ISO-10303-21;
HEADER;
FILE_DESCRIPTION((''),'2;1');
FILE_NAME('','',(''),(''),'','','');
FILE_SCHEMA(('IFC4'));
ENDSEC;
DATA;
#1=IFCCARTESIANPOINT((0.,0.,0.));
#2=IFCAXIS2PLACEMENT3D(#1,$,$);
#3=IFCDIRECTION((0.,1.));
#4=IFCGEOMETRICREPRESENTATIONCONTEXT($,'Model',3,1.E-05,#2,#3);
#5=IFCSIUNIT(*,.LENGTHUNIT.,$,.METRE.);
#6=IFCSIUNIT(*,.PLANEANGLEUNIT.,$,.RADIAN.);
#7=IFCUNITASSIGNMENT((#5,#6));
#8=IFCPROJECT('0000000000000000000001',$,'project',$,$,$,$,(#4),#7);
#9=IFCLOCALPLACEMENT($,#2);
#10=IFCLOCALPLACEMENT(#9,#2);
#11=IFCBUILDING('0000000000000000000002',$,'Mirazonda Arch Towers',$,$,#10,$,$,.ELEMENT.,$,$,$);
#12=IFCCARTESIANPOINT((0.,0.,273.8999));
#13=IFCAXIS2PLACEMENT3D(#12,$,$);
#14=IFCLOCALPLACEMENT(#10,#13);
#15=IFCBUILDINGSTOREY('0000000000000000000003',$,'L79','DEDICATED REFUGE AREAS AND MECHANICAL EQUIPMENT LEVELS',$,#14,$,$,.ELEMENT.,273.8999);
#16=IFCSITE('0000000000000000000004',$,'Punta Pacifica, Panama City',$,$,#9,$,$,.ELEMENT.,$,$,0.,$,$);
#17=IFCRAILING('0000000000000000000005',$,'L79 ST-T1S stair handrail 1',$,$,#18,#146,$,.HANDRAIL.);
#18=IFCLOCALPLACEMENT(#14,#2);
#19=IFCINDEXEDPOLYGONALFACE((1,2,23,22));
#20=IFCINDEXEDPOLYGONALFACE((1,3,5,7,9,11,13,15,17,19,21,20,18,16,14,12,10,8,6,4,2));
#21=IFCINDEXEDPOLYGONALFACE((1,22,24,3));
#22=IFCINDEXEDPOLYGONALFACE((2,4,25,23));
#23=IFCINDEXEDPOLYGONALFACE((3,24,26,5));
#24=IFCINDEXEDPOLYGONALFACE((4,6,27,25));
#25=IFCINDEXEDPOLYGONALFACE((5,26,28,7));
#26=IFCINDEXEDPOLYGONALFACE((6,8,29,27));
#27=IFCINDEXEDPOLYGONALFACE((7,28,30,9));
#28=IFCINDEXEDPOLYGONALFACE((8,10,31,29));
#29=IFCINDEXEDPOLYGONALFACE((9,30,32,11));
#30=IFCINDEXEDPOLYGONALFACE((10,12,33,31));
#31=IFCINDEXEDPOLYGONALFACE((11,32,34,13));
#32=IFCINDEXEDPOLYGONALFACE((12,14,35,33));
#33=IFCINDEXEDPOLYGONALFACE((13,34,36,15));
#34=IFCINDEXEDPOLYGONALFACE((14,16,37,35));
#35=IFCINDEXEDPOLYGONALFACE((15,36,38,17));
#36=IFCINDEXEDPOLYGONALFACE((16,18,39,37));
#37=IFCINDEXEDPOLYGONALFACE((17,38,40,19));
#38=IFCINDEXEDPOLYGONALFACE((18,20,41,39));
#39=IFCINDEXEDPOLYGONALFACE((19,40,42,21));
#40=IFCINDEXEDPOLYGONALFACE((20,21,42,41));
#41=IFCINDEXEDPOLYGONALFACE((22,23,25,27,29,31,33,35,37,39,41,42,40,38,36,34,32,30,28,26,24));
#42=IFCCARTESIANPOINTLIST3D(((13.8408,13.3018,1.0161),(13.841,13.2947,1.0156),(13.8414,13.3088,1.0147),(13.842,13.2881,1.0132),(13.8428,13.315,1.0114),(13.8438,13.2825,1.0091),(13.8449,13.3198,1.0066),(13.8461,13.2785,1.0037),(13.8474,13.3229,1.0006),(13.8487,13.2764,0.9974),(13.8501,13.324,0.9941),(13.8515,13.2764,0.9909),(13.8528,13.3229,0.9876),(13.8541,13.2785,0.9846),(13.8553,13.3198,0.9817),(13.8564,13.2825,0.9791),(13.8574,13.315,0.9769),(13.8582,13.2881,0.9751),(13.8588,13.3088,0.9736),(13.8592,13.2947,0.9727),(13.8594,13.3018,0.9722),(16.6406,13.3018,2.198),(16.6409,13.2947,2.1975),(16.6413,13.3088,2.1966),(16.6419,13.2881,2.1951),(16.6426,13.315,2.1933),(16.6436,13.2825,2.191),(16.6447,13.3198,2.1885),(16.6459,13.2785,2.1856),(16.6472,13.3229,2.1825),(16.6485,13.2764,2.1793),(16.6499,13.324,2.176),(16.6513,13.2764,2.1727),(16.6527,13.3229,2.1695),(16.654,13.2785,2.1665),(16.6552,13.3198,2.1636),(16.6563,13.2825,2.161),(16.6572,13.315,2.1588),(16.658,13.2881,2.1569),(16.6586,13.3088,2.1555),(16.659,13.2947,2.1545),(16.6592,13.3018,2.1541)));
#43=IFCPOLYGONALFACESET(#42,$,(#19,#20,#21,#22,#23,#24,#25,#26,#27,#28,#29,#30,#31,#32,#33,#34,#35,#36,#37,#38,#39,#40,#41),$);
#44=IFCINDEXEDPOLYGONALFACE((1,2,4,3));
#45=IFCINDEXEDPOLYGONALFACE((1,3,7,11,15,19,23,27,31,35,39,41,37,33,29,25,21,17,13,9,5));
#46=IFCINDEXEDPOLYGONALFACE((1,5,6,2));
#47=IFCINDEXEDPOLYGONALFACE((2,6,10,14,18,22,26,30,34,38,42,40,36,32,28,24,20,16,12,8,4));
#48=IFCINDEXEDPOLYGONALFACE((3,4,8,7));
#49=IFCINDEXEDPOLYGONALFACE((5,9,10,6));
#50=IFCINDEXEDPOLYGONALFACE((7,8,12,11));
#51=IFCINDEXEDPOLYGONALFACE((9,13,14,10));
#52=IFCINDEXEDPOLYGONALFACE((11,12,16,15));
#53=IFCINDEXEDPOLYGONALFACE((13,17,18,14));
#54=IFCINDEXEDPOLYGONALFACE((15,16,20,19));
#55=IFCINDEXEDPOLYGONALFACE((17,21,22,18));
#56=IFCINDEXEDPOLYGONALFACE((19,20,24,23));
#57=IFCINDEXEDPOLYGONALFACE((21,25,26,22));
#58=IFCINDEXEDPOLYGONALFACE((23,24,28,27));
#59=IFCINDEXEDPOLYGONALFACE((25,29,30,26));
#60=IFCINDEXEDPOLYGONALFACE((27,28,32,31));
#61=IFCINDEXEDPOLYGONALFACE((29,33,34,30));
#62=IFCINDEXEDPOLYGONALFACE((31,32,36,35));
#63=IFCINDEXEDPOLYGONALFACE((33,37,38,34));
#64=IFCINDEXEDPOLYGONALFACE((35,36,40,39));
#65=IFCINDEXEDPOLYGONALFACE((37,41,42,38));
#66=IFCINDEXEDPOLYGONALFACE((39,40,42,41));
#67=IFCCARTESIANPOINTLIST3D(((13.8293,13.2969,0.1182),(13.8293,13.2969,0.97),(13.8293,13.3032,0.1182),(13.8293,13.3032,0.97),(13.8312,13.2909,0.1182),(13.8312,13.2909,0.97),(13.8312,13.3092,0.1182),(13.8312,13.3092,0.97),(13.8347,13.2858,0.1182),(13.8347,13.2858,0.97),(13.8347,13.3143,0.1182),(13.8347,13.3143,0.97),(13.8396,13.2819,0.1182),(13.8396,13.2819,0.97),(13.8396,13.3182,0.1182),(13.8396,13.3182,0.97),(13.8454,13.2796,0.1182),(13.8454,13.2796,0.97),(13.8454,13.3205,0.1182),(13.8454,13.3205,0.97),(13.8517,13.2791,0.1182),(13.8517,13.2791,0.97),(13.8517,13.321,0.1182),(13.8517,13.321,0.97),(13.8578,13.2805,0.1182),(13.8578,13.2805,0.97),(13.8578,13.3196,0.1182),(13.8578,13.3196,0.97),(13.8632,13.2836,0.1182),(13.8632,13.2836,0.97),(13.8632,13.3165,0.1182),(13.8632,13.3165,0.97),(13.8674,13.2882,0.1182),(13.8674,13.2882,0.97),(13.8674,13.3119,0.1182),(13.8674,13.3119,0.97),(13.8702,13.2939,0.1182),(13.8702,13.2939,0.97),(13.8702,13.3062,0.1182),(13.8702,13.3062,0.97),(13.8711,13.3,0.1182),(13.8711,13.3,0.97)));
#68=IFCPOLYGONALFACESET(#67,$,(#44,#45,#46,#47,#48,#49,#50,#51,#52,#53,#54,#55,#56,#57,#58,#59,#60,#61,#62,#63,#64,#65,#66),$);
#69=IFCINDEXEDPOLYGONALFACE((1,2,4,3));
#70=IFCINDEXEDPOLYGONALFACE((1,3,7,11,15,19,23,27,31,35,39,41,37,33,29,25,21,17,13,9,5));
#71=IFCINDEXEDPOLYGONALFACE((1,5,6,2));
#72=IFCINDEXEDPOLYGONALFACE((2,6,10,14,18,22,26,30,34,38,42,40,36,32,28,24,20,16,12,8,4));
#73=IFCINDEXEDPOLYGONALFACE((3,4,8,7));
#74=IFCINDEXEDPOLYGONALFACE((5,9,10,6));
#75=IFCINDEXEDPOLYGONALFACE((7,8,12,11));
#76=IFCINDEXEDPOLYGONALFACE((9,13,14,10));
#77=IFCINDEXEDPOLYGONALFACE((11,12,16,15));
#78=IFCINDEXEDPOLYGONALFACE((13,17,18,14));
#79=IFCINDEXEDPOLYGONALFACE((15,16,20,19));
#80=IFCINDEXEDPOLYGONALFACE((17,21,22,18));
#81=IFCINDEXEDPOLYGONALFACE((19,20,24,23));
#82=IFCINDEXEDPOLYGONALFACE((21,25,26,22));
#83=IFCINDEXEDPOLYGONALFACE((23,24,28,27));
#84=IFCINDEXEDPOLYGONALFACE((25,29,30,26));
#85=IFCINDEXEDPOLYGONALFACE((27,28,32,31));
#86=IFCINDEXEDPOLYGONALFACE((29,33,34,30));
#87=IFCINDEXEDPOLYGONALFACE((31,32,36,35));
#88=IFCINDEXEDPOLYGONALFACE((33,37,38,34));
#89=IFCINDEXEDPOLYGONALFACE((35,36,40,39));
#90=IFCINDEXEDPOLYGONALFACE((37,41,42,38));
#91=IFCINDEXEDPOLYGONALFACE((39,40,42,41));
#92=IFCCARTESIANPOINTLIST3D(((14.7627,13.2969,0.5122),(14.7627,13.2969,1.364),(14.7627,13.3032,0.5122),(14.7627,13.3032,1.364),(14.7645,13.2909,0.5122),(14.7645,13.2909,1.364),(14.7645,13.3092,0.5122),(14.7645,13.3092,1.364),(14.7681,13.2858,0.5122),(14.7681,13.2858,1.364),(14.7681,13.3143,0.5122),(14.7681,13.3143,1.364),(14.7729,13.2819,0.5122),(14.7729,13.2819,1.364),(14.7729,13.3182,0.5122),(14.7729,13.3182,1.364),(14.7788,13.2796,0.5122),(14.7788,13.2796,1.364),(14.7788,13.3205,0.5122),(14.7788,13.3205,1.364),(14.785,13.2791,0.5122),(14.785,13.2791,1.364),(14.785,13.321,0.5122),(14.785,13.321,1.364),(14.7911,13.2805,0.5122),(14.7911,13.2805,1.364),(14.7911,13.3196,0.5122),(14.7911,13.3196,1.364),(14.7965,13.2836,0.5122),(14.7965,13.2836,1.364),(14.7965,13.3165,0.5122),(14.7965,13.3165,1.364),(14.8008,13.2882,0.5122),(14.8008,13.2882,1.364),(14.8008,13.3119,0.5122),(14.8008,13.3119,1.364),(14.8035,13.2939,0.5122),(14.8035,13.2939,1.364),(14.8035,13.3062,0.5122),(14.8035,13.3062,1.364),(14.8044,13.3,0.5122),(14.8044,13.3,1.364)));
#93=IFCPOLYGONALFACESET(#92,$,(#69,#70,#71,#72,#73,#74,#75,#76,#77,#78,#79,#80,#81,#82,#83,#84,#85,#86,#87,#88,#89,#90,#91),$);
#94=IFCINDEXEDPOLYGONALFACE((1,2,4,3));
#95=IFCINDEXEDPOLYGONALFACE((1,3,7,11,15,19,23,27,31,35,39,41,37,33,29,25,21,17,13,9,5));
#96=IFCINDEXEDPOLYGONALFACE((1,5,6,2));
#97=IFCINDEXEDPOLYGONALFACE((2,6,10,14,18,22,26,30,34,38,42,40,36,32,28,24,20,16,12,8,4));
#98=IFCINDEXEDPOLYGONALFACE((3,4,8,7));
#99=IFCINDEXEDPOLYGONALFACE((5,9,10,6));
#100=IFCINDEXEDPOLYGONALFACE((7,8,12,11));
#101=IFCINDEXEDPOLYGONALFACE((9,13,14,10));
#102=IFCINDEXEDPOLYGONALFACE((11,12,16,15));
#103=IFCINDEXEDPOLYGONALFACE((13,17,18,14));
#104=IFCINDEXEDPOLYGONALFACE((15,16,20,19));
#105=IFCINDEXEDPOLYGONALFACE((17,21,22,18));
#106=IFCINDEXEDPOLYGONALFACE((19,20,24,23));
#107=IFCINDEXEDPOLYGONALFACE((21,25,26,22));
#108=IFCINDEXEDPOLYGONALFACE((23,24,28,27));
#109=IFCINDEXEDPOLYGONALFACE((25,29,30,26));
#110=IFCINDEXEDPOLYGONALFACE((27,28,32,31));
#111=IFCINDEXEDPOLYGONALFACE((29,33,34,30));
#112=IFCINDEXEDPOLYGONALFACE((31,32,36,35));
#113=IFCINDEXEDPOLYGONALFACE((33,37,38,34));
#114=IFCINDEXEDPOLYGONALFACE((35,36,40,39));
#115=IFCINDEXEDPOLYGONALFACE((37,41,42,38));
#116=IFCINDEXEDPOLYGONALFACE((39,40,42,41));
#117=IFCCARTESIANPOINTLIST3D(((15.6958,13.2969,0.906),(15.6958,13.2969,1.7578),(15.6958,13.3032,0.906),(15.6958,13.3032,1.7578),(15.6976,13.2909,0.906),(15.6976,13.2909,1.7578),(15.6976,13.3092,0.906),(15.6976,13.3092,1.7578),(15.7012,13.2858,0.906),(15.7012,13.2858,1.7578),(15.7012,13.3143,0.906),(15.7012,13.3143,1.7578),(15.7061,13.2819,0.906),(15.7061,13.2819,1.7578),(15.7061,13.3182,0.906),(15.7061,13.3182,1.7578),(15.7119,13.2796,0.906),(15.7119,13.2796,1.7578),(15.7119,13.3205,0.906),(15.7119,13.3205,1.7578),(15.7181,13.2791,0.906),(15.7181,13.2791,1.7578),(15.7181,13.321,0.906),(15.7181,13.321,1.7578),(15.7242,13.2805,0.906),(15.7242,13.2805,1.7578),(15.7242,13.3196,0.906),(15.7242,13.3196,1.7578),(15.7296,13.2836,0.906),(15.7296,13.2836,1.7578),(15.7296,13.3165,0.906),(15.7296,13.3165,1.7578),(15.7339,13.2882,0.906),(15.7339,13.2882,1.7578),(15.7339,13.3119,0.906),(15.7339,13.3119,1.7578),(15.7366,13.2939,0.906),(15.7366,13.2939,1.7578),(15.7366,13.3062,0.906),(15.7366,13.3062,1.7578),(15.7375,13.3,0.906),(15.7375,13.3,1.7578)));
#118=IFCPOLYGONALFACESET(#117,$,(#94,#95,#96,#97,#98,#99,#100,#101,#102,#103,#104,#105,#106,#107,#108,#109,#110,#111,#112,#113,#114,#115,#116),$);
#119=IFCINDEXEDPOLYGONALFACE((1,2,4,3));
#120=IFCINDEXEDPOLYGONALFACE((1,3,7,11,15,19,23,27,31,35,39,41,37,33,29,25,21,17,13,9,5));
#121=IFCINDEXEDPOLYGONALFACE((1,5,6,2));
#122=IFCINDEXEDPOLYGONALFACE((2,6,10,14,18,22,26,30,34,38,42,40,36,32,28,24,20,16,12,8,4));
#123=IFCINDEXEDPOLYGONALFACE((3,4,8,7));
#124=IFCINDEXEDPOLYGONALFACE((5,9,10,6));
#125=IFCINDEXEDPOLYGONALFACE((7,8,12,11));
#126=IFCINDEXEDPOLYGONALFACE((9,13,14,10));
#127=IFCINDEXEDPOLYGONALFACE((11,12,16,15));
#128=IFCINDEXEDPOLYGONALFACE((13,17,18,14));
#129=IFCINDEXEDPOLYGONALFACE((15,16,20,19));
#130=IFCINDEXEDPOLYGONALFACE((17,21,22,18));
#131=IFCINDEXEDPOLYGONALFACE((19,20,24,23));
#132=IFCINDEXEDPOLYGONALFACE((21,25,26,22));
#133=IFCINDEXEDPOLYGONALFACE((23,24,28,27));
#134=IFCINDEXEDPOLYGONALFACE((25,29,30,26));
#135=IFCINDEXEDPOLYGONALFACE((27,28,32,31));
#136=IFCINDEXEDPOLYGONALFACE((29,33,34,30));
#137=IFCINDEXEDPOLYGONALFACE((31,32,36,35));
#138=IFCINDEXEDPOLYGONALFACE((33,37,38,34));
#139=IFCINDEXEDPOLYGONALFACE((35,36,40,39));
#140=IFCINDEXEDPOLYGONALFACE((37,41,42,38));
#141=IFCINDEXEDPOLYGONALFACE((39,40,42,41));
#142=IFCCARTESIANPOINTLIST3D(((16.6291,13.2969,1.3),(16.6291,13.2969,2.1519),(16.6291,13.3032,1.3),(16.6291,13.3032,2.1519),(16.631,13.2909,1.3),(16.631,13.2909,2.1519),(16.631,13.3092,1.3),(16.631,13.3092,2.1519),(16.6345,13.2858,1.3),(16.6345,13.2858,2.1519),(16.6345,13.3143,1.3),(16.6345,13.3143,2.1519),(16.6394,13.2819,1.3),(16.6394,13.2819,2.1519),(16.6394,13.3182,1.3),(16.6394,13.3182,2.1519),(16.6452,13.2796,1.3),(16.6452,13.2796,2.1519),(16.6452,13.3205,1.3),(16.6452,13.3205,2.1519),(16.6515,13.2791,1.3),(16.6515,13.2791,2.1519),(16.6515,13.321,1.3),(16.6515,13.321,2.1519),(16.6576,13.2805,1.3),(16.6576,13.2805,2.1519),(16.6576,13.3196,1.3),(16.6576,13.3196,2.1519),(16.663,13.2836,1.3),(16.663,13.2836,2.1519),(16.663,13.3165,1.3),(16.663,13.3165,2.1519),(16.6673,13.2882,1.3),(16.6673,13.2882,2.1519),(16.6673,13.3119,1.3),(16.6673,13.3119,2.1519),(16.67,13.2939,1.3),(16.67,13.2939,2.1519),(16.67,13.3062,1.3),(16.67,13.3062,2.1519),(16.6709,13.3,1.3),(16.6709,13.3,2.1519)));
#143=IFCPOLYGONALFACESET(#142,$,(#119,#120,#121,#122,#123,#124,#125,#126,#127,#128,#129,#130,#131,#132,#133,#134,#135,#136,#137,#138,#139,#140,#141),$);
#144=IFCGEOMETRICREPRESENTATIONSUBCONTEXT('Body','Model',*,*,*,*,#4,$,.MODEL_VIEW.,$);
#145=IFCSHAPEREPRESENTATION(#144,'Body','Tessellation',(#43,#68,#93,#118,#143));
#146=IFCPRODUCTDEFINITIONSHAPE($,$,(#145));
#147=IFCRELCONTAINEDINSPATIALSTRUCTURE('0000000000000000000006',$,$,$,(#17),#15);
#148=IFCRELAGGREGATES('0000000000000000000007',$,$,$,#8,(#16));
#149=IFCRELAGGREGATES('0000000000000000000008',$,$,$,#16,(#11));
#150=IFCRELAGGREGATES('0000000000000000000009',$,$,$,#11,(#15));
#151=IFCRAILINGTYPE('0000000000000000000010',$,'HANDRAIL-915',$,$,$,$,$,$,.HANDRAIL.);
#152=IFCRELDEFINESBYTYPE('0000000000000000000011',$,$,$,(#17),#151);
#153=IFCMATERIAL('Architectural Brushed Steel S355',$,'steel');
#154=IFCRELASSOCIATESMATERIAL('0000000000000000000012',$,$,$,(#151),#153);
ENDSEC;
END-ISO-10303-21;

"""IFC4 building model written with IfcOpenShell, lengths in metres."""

from ifc_helpers import new_model, si_unit, direction, frame, origin, origin_2d, place, context, subcontext, project, spatial, circle, extrude, material, type_object, element, save


model = new_model("IFC4")

# Units and contexts
model_context = context("Model", 3, precision=1e-05, world=origin(), true_north=direction((0.0, 1.0)))
body_context = subcontext(model_context, "Body", "Model", "MODEL_VIEW")
ifc_project = project(units=[si_unit("LENGTHUNIT", "METRE"), si_unit("PLANEANGLEUNIT", "RADIAN")], contexts=[model_context])

# Site, building, storey
site_placement = place(None, origin())
site = spatial("IfcSite", under=ifc_project, at=site_placement, Name="Punta Pacifica, Panama City", CompositionType="ELEMENT", RefElevation=0.0)
building_placement = place(site_placement, origin())
building = spatial("IfcBuilding", under=site, at=building_placement, Name="Mirazonda Arch Towers", CompositionType="ELEMENT")
storey_placement = place(building_placement, frame((0.0, 0.0, 273.8999)))
storey = spatial("IfcBuildingStorey", under=building, at=storey_placement, Name="L79", Description="DEDICATED REFUGE AREAS AND MECHANICAL EQUIPMENT LEVELS", CompositionType="ELEMENT", Elevation=273.8999)

# Shared definitions
ifc_material_1 = material(Name="Architectural Brushed Steel S355", Category="steel")

# Railing
railing_type_1 = type_object("IfcRailingType", Name="HANDRAIL-915", PredefinedType="HANDRAIL", material=ifc_material_1)
railing_1_placement = place(storey_placement, frame((13.8501, 13.3, 0.1182)))
element("IfcRailing", 1, at=railing_1_placement, inside=storey, type_object=railing_type_1, Name="L79 ST-T1S stair handrail 1", PredefinedType="HANDRAIL", context=body_context, shape_type="SweptSolid", body=[
    extrude(circle(Radius=0.0239, at=origin_2d()), frame((0.0, 0.0, 0.876), z_axis=(0.92128, 0.0, 0.388901), x_axis=(0.0, 1.0, 0.0)), (0.0, 0.0, 1.0), 3.0391),
    extrude(circle(Radius=0.021, at=origin_2d()), origin(), (0.0, 0.0, 1.0), 0.8518),
    extrude(circle(Radius=0.021, at=origin_2d()), frame((0.9333, 0.0, 0.394)), (0.0, 0.0, 1.0), 0.8518),
    extrude(circle(Radius=0.021, at=origin_2d()), frame((1.8665, 0.0, 0.7878)), (0.0, 0.0, 1.0), 0.8518),
    extrude(circle(Radius=0.021, at=origin_2d()), frame((2.7998, 0.0, 1.1819)), (0.0, 0.0, 1.0), 0.8518),
])

save(model, "model.ifc")
